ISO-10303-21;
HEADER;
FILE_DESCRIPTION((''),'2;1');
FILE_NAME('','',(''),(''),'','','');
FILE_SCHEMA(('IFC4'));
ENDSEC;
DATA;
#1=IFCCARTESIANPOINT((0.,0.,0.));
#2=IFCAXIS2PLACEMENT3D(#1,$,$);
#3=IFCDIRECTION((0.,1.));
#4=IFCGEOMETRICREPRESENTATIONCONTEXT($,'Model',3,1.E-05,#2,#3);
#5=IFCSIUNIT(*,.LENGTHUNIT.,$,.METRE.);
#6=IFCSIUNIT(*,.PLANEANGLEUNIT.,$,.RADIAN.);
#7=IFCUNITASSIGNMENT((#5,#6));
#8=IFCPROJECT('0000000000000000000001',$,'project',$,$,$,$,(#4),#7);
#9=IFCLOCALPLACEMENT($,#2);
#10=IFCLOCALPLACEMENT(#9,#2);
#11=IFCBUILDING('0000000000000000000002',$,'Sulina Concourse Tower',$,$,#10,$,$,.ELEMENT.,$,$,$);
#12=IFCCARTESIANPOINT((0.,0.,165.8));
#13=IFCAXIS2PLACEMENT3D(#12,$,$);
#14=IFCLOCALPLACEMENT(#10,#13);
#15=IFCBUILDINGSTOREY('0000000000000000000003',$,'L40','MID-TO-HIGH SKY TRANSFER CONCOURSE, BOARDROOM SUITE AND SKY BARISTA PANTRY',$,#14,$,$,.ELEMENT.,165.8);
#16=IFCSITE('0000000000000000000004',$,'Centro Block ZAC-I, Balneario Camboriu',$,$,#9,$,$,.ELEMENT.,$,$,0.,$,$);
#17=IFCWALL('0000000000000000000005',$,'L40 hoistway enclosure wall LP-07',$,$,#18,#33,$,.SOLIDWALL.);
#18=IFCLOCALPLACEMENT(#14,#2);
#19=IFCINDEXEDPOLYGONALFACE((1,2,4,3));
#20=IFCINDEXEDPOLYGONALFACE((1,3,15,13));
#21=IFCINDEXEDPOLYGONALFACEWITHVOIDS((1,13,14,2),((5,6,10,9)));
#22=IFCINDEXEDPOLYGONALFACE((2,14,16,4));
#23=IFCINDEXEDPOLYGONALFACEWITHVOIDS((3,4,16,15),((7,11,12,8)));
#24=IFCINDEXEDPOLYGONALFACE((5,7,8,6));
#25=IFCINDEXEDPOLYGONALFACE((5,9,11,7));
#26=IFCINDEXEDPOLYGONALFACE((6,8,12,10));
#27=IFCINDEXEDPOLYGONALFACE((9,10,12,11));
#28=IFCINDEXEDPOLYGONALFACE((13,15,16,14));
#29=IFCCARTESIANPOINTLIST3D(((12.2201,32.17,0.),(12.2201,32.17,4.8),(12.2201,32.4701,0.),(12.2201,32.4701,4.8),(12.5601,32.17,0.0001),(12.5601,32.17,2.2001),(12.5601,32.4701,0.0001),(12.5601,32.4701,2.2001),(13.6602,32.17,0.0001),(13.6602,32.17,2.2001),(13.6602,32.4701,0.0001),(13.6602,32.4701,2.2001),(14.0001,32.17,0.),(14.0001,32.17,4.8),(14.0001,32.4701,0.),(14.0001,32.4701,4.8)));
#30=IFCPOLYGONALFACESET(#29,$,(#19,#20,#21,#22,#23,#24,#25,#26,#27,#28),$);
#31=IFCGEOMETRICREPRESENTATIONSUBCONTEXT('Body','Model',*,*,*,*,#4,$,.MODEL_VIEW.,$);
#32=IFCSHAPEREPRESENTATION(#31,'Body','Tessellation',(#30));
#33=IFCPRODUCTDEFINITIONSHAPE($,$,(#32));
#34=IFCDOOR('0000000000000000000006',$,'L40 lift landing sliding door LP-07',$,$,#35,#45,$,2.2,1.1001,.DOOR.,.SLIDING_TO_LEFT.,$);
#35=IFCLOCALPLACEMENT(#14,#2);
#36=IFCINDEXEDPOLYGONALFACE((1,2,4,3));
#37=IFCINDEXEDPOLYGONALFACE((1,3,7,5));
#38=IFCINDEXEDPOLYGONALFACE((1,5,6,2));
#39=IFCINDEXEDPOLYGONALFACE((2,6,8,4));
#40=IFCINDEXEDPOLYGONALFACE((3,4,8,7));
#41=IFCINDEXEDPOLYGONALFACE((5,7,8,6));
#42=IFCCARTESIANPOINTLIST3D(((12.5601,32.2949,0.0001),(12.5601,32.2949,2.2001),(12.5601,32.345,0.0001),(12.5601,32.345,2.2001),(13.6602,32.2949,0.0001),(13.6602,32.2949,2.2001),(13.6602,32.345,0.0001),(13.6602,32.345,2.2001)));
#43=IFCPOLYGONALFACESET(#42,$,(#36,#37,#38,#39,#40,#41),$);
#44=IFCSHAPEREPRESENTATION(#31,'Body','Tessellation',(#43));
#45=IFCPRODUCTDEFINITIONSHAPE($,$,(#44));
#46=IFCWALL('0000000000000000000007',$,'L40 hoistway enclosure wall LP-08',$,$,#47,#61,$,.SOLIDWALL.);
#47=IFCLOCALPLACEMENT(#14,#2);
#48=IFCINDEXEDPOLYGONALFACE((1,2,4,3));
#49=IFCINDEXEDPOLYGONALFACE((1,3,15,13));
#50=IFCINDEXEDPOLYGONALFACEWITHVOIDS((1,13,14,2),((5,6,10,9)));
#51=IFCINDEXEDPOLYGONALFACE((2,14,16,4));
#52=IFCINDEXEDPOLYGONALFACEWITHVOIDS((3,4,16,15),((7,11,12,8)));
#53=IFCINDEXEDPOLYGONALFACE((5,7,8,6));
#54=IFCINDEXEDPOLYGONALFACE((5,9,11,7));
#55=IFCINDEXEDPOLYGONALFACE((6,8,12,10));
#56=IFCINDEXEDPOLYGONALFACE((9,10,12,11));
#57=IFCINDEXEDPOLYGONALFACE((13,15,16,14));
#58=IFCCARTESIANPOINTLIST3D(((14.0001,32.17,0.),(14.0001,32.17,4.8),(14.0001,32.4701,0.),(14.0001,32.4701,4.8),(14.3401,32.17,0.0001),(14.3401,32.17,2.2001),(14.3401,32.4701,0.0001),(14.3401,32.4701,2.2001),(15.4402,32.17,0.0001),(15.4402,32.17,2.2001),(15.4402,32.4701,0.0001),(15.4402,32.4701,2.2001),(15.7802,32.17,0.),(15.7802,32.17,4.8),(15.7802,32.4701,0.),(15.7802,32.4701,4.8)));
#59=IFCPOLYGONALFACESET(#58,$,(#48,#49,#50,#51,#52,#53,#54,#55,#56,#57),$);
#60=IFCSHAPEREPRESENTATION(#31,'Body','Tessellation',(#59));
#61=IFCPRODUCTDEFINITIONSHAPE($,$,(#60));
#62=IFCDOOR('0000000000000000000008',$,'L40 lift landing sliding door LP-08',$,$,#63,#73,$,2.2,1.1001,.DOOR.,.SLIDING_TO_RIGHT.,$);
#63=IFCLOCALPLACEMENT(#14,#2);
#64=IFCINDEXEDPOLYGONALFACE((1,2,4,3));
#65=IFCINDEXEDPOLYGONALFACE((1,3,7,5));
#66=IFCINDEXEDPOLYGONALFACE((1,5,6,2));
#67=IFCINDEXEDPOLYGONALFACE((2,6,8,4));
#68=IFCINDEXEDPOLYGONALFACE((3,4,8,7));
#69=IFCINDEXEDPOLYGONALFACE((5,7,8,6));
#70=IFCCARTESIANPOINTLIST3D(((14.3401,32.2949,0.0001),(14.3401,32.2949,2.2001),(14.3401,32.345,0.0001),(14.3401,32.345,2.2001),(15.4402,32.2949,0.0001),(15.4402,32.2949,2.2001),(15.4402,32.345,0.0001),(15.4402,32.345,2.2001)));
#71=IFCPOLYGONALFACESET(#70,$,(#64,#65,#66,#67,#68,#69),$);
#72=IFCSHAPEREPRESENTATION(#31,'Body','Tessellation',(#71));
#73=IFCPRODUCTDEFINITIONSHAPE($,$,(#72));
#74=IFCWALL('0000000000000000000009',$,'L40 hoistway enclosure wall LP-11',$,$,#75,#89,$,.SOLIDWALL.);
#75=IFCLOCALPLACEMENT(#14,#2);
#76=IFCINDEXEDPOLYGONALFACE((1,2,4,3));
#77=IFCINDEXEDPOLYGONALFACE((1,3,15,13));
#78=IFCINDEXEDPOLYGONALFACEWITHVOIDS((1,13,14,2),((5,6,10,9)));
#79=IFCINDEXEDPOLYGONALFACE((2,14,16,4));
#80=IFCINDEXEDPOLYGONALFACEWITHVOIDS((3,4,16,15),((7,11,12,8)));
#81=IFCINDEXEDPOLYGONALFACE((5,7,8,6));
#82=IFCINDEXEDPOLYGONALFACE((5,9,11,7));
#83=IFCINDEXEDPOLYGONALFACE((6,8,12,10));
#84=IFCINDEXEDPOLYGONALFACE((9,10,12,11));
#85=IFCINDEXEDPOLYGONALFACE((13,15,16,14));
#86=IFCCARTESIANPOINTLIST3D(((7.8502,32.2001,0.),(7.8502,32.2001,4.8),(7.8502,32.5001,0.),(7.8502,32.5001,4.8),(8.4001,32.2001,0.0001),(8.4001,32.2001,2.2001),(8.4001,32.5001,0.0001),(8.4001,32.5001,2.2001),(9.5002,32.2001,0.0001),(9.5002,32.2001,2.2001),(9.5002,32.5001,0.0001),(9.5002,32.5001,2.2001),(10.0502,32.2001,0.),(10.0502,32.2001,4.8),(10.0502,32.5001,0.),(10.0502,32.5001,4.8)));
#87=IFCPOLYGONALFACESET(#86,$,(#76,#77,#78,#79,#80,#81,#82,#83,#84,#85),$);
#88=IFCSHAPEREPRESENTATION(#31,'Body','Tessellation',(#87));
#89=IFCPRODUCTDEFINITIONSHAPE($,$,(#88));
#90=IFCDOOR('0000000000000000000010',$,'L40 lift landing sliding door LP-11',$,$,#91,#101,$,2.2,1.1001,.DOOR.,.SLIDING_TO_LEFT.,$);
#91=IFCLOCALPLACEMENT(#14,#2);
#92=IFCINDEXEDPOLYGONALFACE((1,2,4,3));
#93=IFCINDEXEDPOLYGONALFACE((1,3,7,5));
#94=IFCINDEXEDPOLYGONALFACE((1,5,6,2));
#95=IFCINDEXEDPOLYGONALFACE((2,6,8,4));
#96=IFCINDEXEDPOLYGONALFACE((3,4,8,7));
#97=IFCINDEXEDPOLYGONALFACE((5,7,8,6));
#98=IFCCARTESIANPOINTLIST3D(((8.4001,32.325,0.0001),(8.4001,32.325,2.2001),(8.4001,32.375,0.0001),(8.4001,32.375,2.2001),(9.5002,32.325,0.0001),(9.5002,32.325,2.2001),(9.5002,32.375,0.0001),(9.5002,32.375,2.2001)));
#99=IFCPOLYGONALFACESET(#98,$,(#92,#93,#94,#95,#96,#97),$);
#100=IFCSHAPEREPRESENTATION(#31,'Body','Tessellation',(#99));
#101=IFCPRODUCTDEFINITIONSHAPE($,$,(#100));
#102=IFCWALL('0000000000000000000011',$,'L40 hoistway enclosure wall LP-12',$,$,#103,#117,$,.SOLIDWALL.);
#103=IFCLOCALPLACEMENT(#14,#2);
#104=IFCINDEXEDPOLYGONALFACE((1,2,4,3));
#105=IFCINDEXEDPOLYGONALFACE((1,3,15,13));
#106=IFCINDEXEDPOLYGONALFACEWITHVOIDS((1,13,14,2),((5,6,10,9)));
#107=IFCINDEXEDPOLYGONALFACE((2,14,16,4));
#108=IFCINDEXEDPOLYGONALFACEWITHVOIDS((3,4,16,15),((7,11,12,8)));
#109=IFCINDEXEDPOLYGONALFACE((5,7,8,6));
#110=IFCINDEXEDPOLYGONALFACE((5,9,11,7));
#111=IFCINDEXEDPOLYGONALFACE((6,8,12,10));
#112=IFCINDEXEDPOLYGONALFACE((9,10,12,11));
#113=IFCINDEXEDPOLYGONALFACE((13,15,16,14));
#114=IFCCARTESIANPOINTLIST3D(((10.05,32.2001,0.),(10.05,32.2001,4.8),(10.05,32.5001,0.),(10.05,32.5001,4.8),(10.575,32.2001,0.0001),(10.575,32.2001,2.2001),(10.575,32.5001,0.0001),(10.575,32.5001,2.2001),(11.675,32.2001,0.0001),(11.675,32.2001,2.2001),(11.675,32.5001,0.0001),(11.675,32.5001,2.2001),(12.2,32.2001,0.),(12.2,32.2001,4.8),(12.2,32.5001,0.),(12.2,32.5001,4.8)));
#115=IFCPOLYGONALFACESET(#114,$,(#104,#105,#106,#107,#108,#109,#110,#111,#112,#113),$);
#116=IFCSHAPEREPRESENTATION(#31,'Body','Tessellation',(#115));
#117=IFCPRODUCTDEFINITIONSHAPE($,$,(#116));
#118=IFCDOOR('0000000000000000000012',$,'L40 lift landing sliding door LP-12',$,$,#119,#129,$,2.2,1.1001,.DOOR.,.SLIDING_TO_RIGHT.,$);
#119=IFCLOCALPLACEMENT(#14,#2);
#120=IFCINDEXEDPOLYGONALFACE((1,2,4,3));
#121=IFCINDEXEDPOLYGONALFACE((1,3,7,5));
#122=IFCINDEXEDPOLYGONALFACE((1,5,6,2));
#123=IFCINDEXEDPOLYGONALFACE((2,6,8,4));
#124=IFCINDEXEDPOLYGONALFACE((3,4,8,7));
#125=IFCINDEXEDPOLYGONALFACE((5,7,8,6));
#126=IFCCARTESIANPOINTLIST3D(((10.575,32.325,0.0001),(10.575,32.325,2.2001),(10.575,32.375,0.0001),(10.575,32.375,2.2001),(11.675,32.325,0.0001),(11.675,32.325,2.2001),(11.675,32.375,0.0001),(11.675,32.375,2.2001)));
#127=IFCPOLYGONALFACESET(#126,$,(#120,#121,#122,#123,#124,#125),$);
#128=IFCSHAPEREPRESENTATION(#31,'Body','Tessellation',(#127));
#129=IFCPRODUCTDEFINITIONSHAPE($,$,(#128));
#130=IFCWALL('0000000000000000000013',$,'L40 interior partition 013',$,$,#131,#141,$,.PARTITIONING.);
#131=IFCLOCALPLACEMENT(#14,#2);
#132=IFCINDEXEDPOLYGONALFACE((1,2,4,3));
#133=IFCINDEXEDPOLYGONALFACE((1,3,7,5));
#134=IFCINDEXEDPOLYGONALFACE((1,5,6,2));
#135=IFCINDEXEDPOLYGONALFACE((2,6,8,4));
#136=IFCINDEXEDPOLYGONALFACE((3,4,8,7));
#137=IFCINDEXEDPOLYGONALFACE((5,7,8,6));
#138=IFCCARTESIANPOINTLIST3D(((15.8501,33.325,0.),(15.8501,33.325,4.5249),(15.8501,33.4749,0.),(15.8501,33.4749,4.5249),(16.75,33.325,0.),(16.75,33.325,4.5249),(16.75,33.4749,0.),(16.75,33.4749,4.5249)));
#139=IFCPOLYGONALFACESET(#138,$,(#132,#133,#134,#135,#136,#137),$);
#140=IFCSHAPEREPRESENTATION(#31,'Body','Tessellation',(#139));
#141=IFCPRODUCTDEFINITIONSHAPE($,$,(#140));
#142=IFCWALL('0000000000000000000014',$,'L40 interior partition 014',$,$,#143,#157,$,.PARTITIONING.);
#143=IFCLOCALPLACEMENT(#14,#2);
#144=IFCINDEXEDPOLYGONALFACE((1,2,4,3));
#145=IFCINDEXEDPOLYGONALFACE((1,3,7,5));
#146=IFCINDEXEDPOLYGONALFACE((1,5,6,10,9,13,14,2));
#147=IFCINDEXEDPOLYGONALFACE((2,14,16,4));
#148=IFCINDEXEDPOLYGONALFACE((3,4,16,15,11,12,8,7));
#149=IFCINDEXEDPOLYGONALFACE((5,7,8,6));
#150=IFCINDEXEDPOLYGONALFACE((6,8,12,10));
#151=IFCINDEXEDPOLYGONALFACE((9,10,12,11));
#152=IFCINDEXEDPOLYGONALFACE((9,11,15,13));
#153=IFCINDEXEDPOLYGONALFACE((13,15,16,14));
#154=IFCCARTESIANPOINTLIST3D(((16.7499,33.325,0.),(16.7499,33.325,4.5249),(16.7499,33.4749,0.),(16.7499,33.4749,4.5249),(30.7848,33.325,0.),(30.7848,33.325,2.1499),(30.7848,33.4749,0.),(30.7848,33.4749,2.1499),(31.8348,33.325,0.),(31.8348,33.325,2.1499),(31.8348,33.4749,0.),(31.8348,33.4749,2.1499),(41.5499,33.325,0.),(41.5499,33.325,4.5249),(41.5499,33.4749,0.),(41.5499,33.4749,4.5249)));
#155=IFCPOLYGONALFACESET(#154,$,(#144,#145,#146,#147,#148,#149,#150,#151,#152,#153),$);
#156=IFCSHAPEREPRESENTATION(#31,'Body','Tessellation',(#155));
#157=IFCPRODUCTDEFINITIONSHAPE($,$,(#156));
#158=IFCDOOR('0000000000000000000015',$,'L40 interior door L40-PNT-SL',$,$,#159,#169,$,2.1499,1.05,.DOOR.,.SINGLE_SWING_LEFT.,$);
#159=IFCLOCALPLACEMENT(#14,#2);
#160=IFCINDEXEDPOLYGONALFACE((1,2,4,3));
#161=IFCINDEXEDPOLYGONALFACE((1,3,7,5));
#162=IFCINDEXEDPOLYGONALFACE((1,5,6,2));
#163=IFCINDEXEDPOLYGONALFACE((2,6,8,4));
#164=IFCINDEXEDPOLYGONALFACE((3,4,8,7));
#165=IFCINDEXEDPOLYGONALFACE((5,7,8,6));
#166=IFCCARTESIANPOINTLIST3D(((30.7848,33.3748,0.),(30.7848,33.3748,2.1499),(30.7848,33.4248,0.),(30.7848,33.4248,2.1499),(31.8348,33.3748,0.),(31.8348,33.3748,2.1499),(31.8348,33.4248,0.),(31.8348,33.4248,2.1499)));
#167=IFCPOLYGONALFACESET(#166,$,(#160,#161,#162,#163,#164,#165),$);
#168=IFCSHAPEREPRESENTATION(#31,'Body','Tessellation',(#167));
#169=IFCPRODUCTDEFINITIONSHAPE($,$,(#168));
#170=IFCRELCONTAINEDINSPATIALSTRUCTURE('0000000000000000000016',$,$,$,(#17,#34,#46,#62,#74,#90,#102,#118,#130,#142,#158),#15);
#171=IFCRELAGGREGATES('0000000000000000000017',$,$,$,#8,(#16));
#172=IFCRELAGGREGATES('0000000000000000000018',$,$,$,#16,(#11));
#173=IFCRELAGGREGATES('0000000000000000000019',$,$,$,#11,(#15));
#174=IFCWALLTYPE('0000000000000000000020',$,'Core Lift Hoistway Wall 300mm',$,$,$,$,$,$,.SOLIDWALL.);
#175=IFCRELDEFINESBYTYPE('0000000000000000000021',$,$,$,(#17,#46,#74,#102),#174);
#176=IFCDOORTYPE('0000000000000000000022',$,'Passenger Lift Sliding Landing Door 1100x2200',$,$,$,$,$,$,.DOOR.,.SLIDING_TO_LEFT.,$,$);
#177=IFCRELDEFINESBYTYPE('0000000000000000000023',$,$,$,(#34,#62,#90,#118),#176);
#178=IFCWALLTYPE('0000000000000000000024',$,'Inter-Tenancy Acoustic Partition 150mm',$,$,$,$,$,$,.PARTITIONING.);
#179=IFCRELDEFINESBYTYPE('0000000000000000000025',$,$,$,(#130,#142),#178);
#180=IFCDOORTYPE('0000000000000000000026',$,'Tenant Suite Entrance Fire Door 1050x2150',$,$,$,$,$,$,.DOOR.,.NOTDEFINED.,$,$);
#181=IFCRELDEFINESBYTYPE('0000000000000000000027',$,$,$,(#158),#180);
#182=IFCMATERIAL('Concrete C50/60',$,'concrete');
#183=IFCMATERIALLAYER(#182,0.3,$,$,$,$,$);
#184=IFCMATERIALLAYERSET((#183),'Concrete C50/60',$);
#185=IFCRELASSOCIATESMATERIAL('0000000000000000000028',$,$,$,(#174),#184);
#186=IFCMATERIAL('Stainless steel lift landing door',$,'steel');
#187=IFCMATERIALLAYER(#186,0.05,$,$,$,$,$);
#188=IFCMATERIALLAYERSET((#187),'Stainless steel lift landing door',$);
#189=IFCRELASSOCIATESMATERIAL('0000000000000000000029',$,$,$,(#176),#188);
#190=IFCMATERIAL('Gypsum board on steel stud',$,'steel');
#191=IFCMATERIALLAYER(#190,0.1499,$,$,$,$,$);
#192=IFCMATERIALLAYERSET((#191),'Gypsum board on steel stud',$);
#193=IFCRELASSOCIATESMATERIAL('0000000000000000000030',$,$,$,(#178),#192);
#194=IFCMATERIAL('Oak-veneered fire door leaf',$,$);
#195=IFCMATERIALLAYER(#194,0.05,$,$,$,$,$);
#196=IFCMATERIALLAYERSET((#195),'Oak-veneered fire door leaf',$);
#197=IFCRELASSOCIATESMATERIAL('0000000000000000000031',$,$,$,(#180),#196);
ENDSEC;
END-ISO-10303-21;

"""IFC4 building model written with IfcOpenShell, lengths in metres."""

from ifc_helpers import new_model, si_unit, direction, frame, frame_2d, origin, place, context, subcontext, project, spatial, rectangle, extrude, material, layer, layer_set, type_object, element, fill, save


model = new_model("IFC4")

# Units and contexts
model_context = context("Model", 3, precision=1e-05, world=origin(), true_north=direction((0.0, 1.0)))
body_context = subcontext(model_context, "Body", "Model", "MODEL_VIEW")
ifc_project = project(units=[si_unit("LENGTHUNIT", "METRE"), si_unit("PLANEANGLEUNIT", "RADIAN")], contexts=[model_context])

# Site, building, storey
site_placement = place(None, origin())
site = spatial("IfcSite", under=ifc_project, at=site_placement, Name="Centro Block ZAC-I, Balneario Camboriu", CompositionType="ELEMENT", RefElevation=0.0)
building_placement = place(site_placement, origin())
building = spatial("IfcBuilding", under=site, at=building_placement, Name="Sulina Concourse Tower", CompositionType="ELEMENT")
storey_placement = place(building_placement, frame((0.0, 0.0, 165.8)))
storey = spatial("IfcBuildingStorey", under=building, at=storey_placement, Name="L40", Description="MID-TO-HIGH SKY TRANSFER CONCOURSE, BOARDROOM SUITE AND SKY BARISTA PANTRY", CompositionType="ELEMENT", Elevation=165.8)

# Walls, openings, doors
ifc_material_1 = material(Name="Concrete C50/60", Category="concrete")
ifc_layer_1 = layer(ifc_material_1, 0.3)
ifc_layer_set_1 = layer_set([ifc_layer_1], Name="Concrete C50/60")
wall_type_1 = type_object("IfcWallType", Name="Core Lift Hoistway Wall 300mm", PredefinedType="SOLIDWALL", material=ifc_layer_set_1)
ifc_material_2 = material(Name="Stainless steel lift landing door", Category="steel")
ifc_layer_2 = layer(ifc_material_2, 0.05)
ifc_layer_set_2 = layer_set([ifc_layer_2], Name="Stainless steel lift landing door")
door_type_1 = type_object("IfcDoorType", Name="Passenger Lift Sliding Landing Door 1100x2200", OperationType="SLIDING_TO_LEFT", PredefinedType="DOOR", material=ifc_layer_set_2)
wall_1_placement = place(storey_placement, frame((12.22, 32.3201, 0.0), z_axis=(0.0, 0.0, 1.0), x_axis=(1.0, 0.0, 0.0)))
wall_1 = element("IfcWall", 1, at=wall_1_placement, inside=storey, type_object=wall_type_1, Name="L40 hoistway enclosure wall LP-07", PredefinedType="SOLIDWALL", context=body_context, shape_type="SweptSolid", body=[
    extrude(rectangle(XDim=1.78, YDim=0.3, at=frame_2d((0.8901, 0.0))), origin(), (0.0, 0.0, 1.0), 4.8),
])
opening_1_placement = place(wall_1_placement, frame((0.3401, 0.0, 0.0)))
opening_1 = element("IfcOpeningElement", 2, at=opening_1_placement, cuts=wall_1, PredefinedType="OPENING", context=body_context, shape_type="SweptSolid", body=[
    extrude(rectangle(XDim=1.1001, YDim=2.2, at=frame_2d((0.55, 1.1001))), frame((0.0, 0.1599, 0.0), z_axis=(0.0, -1.0, 0.0), x_axis=(1.0, 0.0, 0.0)), (0.0, 0.0, 1.0), 0.3201),
])
door_1_placement = place(opening_1_placement, origin())
door_1 = element("IfcDoor", 3, at=door_1_placement, inside=storey, type_object=door_type_1, Name="L40 lift landing sliding door LP-07", OperationType="SLIDING_TO_LEFT", OverallHeight=2.2, OverallWidth=1.1001, PredefinedType="DOOR", context=body_context, shape_type="SweptSolid", body=[
    extrude(rectangle(XDim=1.1001, YDim=2.2, at=frame_2d((0.55, 1.1001))), frame((0.0, 0.0249, 0.0), z_axis=(0.0, -1.0, 0.0), x_axis=(1.0, 0.0, 0.0)), (0.0, 0.0, 1.0), 0.05),
])
fill(opening_1, door_1)
wall_2_placement = place(storey_placement, frame((14.0, 32.3201, 0.0), z_axis=(0.0, 0.0, 1.0), x_axis=(1.0, 0.0, 0.0)))
wall_2 = element("IfcWall", 4, at=wall_2_placement, inside=storey, type_object=wall_type_1, Name="L40 hoistway enclosure wall LP-08", PredefinedType="SOLIDWALL", context=body_context, shape_type="SweptSolid", body=[
    extrude(rectangle(XDim=1.78, YDim=0.3, at=frame_2d((0.8901, 0.0))), origin(), (0.0, 0.0, 1.0), 4.8),
])
opening_2_placement = place(wall_2_placement, frame((0.3401, 0.0, 0.0)))
opening_2 = element("IfcOpeningElement", 5, at=opening_2_placement, cuts=wall_2, PredefinedType="OPENING", context=body_context, shape_type="SweptSolid", body=[
    extrude(rectangle(XDim=1.1001, YDim=2.2, at=frame_2d((0.55, 1.1001))), frame((0.0, 0.1599, 0.0), z_axis=(0.0, -1.0, 0.0), x_axis=(1.0, 0.0, 0.0)), (0.0, 0.0, 1.0), 0.3201),
])
door_2_placement = place(opening_2_placement, origin())
door_2 = element("IfcDoor", 6, at=door_2_placement, inside=storey, type_object=door_type_1, Name="L40 lift landing sliding door LP-08", OperationType="SLIDING_TO_RIGHT", OverallHeight=2.2, OverallWidth=1.1001, PredefinedType="DOOR", context=body_context, shape_type="SweptSolid", body=[
    extrude(rectangle(XDim=1.1001, YDim=2.2, at=frame_2d((0.55, 1.1001))), frame((0.0, 0.0249, 0.0), z_axis=(0.0, -1.0, 0.0), x_axis=(1.0, 0.0, 0.0)), (0.0, 0.0, 1.0), 0.05),
])
fill(opening_2, door_2)
wall_3_placement = place(storey_placement, frame((7.8501, 32.3501, 0.0), z_axis=(0.0, 0.0, 1.0), x_axis=(1.0, 0.0, 0.0)))
wall_3 = element("IfcWall", 7, at=wall_3_placement, inside=storey, type_object=wall_type_1, Name="L40 hoistway enclosure wall LP-11", PredefinedType="SOLIDWALL", context=body_context, shape_type="SweptSolid", body=[
    extrude(rectangle(XDim=2.2, YDim=0.3, at=frame_2d((1.1001, 0.0))), origin(), (0.0, 0.0, 1.0), 4.8),
])
opening_3_placement = place(wall_3_placement, frame((0.55, 0.0, 0.0)))
opening_3 = element("IfcOpeningElement", 8, at=opening_3_placement, cuts=wall_3, PredefinedType="OPENING", context=body_context, shape_type="SweptSolid", body=[
    extrude(rectangle(XDim=1.1001, YDim=2.2, at=frame_2d((0.55, 1.1001))), frame((0.0, 0.1599, 0.0), z_axis=(0.0, -1.0, 0.0), x_axis=(1.0, 0.0, 0.0)), (0.0, 0.0, 1.0), 0.3201),
])
door_3_placement = place(opening_3_placement, origin())
door_3 = element("IfcDoor", 9, at=door_3_placement, inside=storey, type_object=door_type_1, Name="L40 lift landing sliding door LP-11", OperationType="SLIDING_TO_LEFT", OverallHeight=2.2, OverallWidth=1.1001, PredefinedType="DOOR", context=body_context, shape_type="SweptSolid", body=[
    extrude(rectangle(XDim=1.1001, YDim=2.2, at=frame_2d((0.55, 1.1001))), frame((0.0, 0.0249, 0.0), z_axis=(0.0, -1.0, 0.0), x_axis=(1.0, 0.0, 0.0)), (0.0, 0.0, 1.0), 0.05),
])
fill(opening_3, door_3)
wall_4_placement = place(storey_placement, frame((10.05, 32.3501, 0.0), z_axis=(0.0, 0.0, 1.0), x_axis=(1.0, 0.0, 0.0)))
wall_4 = element("IfcWall", 10, at=wall_4_placement, inside=storey, type_object=wall_type_1, Name="L40 hoistway enclosure wall LP-12", PredefinedType="SOLIDWALL", context=body_context, shape_type="SweptSolid", body=[
    extrude(rectangle(XDim=2.1499, YDim=0.3, at=frame_2d((1.075, 0.0))), origin(), (0.0, 0.0, 1.0), 4.8),
])
opening_4_placement = place(wall_4_placement, frame((0.5249, 0.0, 0.0)))
opening_4 = element("IfcOpeningElement", 11, at=opening_4_placement, cuts=wall_4, PredefinedType="OPENING", context=body_context, shape_type="SweptSolid", body=[
    extrude(rectangle(XDim=1.1001, YDim=2.2, at=frame_2d((0.55, 1.1001))), frame((0.0, 0.1599, 0.0), z_axis=(0.0, -1.0, 0.0), x_axis=(1.0, 0.0, 0.0)), (0.0, 0.0, 1.0), 0.3201),
])
door_4_placement = place(opening_4_placement, origin())
door_4 = element("IfcDoor", 12, at=door_4_placement, inside=storey, type_object=door_type_1, Name="L40 lift landing sliding door LP-12", OperationType="SLIDING_TO_RIGHT", OverallHeight=2.2, OverallWidth=1.1001, PredefinedType="DOOR", context=body_context, shape_type="SweptSolid", body=[
    extrude(rectangle(XDim=1.1001, YDim=2.2, at=frame_2d((0.55, 1.1001))), frame((0.0, 0.0249, 0.0), z_axis=(0.0, -1.0, 0.0), x_axis=(1.0, 0.0, 0.0)), (0.0, 0.0, 1.0), 0.05),
])
fill(opening_4, door_4)

# Wall
ifc_material_3 = material(Name="Gypsum board on steel stud", Category="steel")
ifc_layer_3 = layer(ifc_material_3, 0.1499)
ifc_layer_set_3 = layer_set([ifc_layer_3], Name="Gypsum board on steel stud")
wall_type_2 = type_object("IfcWallType", Name="Inter-Tenancy Acoustic Partition 150mm", PredefinedType="PARTITIONING", material=ifc_layer_set_3)
wall_5_placement = place(storey_placement, frame((15.8501, 33.3999, 0.0), z_axis=(0.0, 0.0, 1.0), x_axis=(1.0, 0.0, 0.0)))
element("IfcWall", 13, at=wall_5_placement, inside=storey, type_object=wall_type_2, Name="L40 interior partition 013", PredefinedType="PARTITIONING", context=body_context, shape_type="SweptSolid", body=[
    extrude(rectangle(XDim=0.8999, YDim=0.1499, at=frame_2d((0.45, 0.0))), origin(), (0.0, 0.0, 1.0), 4.5249),
])

# Wall, opening, door
wall_6_placement = place(storey_placement, frame((16.75, 33.3999, 0.0), z_axis=(0.0, 0.0, 1.0), x_axis=(1.0, 0.0, 0.0)))
wall_6 = element("IfcWall", 14, at=wall_6_placement, inside=storey, type_object=wall_type_2, Name="L40 interior partition 014", PredefinedType="PARTITIONING", context=body_context, shape_type="SweptSolid", body=[
    extrude(rectangle(XDim=24.8, YDim=0.1499, at=frame_2d((12.3999, 0.0))), origin(), (0.0, 0.0, 1.0), 4.5249),
])
opening_5_placement = place(wall_6_placement, frame((14.0349, 0.0, 0.0)))
opening_5 = element("IfcOpeningElement", 15, at=opening_5_placement, cuts=wall_6, PredefinedType="OPENING", context=body_context, shape_type="SweptSolid", body=[
    extrude(rectangle(XDim=1.05, YDim=2.1499, at=frame_2d((0.5249, 1.075))), frame((0.0, 0.085, 0.0), z_axis=(0.0, -1.0, 0.0), x_axis=(1.0, 0.0, 0.0)), (0.0, 0.0, 1.0), 0.1699),
])
ifc_material_4 = material(Name="Oak-veneered fire door leaf")
ifc_layer_4 = layer(ifc_material_4, 0.05)
ifc_layer_set_4 = layer_set([ifc_layer_4], Name="Oak-veneered fire door leaf")
door_type_2 = type_object("IfcDoorType", Name="Tenant Suite Entrance Fire Door 1050x2150", OperationType="NOTDEFINED", PredefinedType="DOOR", material=ifc_layer_set_4)
door_5_placement = place(opening_5_placement, origin())
door_5 = element("IfcDoor", 16, at=door_5_placement, inside=storey, type_object=door_type_2, Name="L40 interior door L40-PNT-SL", OperationType="SINGLE_SWING_LEFT", OverallHeight=2.1499, OverallWidth=1.05, PredefinedType="DOOR", context=body_context, shape_type="SweptSolid", body=[
    extrude(rectangle(XDim=1.05, YDim=2.1499, at=frame_2d((0.5249, 1.075))), frame((0.0, 0.0249, 0.0), z_axis=(0.0, -1.0, 0.0), x_axis=(1.0, 0.0, 0.0)), (0.0, 0.0, 1.0), 0.05),
])
fill(opening_5, door_5)

save(model, "model.ifc")
